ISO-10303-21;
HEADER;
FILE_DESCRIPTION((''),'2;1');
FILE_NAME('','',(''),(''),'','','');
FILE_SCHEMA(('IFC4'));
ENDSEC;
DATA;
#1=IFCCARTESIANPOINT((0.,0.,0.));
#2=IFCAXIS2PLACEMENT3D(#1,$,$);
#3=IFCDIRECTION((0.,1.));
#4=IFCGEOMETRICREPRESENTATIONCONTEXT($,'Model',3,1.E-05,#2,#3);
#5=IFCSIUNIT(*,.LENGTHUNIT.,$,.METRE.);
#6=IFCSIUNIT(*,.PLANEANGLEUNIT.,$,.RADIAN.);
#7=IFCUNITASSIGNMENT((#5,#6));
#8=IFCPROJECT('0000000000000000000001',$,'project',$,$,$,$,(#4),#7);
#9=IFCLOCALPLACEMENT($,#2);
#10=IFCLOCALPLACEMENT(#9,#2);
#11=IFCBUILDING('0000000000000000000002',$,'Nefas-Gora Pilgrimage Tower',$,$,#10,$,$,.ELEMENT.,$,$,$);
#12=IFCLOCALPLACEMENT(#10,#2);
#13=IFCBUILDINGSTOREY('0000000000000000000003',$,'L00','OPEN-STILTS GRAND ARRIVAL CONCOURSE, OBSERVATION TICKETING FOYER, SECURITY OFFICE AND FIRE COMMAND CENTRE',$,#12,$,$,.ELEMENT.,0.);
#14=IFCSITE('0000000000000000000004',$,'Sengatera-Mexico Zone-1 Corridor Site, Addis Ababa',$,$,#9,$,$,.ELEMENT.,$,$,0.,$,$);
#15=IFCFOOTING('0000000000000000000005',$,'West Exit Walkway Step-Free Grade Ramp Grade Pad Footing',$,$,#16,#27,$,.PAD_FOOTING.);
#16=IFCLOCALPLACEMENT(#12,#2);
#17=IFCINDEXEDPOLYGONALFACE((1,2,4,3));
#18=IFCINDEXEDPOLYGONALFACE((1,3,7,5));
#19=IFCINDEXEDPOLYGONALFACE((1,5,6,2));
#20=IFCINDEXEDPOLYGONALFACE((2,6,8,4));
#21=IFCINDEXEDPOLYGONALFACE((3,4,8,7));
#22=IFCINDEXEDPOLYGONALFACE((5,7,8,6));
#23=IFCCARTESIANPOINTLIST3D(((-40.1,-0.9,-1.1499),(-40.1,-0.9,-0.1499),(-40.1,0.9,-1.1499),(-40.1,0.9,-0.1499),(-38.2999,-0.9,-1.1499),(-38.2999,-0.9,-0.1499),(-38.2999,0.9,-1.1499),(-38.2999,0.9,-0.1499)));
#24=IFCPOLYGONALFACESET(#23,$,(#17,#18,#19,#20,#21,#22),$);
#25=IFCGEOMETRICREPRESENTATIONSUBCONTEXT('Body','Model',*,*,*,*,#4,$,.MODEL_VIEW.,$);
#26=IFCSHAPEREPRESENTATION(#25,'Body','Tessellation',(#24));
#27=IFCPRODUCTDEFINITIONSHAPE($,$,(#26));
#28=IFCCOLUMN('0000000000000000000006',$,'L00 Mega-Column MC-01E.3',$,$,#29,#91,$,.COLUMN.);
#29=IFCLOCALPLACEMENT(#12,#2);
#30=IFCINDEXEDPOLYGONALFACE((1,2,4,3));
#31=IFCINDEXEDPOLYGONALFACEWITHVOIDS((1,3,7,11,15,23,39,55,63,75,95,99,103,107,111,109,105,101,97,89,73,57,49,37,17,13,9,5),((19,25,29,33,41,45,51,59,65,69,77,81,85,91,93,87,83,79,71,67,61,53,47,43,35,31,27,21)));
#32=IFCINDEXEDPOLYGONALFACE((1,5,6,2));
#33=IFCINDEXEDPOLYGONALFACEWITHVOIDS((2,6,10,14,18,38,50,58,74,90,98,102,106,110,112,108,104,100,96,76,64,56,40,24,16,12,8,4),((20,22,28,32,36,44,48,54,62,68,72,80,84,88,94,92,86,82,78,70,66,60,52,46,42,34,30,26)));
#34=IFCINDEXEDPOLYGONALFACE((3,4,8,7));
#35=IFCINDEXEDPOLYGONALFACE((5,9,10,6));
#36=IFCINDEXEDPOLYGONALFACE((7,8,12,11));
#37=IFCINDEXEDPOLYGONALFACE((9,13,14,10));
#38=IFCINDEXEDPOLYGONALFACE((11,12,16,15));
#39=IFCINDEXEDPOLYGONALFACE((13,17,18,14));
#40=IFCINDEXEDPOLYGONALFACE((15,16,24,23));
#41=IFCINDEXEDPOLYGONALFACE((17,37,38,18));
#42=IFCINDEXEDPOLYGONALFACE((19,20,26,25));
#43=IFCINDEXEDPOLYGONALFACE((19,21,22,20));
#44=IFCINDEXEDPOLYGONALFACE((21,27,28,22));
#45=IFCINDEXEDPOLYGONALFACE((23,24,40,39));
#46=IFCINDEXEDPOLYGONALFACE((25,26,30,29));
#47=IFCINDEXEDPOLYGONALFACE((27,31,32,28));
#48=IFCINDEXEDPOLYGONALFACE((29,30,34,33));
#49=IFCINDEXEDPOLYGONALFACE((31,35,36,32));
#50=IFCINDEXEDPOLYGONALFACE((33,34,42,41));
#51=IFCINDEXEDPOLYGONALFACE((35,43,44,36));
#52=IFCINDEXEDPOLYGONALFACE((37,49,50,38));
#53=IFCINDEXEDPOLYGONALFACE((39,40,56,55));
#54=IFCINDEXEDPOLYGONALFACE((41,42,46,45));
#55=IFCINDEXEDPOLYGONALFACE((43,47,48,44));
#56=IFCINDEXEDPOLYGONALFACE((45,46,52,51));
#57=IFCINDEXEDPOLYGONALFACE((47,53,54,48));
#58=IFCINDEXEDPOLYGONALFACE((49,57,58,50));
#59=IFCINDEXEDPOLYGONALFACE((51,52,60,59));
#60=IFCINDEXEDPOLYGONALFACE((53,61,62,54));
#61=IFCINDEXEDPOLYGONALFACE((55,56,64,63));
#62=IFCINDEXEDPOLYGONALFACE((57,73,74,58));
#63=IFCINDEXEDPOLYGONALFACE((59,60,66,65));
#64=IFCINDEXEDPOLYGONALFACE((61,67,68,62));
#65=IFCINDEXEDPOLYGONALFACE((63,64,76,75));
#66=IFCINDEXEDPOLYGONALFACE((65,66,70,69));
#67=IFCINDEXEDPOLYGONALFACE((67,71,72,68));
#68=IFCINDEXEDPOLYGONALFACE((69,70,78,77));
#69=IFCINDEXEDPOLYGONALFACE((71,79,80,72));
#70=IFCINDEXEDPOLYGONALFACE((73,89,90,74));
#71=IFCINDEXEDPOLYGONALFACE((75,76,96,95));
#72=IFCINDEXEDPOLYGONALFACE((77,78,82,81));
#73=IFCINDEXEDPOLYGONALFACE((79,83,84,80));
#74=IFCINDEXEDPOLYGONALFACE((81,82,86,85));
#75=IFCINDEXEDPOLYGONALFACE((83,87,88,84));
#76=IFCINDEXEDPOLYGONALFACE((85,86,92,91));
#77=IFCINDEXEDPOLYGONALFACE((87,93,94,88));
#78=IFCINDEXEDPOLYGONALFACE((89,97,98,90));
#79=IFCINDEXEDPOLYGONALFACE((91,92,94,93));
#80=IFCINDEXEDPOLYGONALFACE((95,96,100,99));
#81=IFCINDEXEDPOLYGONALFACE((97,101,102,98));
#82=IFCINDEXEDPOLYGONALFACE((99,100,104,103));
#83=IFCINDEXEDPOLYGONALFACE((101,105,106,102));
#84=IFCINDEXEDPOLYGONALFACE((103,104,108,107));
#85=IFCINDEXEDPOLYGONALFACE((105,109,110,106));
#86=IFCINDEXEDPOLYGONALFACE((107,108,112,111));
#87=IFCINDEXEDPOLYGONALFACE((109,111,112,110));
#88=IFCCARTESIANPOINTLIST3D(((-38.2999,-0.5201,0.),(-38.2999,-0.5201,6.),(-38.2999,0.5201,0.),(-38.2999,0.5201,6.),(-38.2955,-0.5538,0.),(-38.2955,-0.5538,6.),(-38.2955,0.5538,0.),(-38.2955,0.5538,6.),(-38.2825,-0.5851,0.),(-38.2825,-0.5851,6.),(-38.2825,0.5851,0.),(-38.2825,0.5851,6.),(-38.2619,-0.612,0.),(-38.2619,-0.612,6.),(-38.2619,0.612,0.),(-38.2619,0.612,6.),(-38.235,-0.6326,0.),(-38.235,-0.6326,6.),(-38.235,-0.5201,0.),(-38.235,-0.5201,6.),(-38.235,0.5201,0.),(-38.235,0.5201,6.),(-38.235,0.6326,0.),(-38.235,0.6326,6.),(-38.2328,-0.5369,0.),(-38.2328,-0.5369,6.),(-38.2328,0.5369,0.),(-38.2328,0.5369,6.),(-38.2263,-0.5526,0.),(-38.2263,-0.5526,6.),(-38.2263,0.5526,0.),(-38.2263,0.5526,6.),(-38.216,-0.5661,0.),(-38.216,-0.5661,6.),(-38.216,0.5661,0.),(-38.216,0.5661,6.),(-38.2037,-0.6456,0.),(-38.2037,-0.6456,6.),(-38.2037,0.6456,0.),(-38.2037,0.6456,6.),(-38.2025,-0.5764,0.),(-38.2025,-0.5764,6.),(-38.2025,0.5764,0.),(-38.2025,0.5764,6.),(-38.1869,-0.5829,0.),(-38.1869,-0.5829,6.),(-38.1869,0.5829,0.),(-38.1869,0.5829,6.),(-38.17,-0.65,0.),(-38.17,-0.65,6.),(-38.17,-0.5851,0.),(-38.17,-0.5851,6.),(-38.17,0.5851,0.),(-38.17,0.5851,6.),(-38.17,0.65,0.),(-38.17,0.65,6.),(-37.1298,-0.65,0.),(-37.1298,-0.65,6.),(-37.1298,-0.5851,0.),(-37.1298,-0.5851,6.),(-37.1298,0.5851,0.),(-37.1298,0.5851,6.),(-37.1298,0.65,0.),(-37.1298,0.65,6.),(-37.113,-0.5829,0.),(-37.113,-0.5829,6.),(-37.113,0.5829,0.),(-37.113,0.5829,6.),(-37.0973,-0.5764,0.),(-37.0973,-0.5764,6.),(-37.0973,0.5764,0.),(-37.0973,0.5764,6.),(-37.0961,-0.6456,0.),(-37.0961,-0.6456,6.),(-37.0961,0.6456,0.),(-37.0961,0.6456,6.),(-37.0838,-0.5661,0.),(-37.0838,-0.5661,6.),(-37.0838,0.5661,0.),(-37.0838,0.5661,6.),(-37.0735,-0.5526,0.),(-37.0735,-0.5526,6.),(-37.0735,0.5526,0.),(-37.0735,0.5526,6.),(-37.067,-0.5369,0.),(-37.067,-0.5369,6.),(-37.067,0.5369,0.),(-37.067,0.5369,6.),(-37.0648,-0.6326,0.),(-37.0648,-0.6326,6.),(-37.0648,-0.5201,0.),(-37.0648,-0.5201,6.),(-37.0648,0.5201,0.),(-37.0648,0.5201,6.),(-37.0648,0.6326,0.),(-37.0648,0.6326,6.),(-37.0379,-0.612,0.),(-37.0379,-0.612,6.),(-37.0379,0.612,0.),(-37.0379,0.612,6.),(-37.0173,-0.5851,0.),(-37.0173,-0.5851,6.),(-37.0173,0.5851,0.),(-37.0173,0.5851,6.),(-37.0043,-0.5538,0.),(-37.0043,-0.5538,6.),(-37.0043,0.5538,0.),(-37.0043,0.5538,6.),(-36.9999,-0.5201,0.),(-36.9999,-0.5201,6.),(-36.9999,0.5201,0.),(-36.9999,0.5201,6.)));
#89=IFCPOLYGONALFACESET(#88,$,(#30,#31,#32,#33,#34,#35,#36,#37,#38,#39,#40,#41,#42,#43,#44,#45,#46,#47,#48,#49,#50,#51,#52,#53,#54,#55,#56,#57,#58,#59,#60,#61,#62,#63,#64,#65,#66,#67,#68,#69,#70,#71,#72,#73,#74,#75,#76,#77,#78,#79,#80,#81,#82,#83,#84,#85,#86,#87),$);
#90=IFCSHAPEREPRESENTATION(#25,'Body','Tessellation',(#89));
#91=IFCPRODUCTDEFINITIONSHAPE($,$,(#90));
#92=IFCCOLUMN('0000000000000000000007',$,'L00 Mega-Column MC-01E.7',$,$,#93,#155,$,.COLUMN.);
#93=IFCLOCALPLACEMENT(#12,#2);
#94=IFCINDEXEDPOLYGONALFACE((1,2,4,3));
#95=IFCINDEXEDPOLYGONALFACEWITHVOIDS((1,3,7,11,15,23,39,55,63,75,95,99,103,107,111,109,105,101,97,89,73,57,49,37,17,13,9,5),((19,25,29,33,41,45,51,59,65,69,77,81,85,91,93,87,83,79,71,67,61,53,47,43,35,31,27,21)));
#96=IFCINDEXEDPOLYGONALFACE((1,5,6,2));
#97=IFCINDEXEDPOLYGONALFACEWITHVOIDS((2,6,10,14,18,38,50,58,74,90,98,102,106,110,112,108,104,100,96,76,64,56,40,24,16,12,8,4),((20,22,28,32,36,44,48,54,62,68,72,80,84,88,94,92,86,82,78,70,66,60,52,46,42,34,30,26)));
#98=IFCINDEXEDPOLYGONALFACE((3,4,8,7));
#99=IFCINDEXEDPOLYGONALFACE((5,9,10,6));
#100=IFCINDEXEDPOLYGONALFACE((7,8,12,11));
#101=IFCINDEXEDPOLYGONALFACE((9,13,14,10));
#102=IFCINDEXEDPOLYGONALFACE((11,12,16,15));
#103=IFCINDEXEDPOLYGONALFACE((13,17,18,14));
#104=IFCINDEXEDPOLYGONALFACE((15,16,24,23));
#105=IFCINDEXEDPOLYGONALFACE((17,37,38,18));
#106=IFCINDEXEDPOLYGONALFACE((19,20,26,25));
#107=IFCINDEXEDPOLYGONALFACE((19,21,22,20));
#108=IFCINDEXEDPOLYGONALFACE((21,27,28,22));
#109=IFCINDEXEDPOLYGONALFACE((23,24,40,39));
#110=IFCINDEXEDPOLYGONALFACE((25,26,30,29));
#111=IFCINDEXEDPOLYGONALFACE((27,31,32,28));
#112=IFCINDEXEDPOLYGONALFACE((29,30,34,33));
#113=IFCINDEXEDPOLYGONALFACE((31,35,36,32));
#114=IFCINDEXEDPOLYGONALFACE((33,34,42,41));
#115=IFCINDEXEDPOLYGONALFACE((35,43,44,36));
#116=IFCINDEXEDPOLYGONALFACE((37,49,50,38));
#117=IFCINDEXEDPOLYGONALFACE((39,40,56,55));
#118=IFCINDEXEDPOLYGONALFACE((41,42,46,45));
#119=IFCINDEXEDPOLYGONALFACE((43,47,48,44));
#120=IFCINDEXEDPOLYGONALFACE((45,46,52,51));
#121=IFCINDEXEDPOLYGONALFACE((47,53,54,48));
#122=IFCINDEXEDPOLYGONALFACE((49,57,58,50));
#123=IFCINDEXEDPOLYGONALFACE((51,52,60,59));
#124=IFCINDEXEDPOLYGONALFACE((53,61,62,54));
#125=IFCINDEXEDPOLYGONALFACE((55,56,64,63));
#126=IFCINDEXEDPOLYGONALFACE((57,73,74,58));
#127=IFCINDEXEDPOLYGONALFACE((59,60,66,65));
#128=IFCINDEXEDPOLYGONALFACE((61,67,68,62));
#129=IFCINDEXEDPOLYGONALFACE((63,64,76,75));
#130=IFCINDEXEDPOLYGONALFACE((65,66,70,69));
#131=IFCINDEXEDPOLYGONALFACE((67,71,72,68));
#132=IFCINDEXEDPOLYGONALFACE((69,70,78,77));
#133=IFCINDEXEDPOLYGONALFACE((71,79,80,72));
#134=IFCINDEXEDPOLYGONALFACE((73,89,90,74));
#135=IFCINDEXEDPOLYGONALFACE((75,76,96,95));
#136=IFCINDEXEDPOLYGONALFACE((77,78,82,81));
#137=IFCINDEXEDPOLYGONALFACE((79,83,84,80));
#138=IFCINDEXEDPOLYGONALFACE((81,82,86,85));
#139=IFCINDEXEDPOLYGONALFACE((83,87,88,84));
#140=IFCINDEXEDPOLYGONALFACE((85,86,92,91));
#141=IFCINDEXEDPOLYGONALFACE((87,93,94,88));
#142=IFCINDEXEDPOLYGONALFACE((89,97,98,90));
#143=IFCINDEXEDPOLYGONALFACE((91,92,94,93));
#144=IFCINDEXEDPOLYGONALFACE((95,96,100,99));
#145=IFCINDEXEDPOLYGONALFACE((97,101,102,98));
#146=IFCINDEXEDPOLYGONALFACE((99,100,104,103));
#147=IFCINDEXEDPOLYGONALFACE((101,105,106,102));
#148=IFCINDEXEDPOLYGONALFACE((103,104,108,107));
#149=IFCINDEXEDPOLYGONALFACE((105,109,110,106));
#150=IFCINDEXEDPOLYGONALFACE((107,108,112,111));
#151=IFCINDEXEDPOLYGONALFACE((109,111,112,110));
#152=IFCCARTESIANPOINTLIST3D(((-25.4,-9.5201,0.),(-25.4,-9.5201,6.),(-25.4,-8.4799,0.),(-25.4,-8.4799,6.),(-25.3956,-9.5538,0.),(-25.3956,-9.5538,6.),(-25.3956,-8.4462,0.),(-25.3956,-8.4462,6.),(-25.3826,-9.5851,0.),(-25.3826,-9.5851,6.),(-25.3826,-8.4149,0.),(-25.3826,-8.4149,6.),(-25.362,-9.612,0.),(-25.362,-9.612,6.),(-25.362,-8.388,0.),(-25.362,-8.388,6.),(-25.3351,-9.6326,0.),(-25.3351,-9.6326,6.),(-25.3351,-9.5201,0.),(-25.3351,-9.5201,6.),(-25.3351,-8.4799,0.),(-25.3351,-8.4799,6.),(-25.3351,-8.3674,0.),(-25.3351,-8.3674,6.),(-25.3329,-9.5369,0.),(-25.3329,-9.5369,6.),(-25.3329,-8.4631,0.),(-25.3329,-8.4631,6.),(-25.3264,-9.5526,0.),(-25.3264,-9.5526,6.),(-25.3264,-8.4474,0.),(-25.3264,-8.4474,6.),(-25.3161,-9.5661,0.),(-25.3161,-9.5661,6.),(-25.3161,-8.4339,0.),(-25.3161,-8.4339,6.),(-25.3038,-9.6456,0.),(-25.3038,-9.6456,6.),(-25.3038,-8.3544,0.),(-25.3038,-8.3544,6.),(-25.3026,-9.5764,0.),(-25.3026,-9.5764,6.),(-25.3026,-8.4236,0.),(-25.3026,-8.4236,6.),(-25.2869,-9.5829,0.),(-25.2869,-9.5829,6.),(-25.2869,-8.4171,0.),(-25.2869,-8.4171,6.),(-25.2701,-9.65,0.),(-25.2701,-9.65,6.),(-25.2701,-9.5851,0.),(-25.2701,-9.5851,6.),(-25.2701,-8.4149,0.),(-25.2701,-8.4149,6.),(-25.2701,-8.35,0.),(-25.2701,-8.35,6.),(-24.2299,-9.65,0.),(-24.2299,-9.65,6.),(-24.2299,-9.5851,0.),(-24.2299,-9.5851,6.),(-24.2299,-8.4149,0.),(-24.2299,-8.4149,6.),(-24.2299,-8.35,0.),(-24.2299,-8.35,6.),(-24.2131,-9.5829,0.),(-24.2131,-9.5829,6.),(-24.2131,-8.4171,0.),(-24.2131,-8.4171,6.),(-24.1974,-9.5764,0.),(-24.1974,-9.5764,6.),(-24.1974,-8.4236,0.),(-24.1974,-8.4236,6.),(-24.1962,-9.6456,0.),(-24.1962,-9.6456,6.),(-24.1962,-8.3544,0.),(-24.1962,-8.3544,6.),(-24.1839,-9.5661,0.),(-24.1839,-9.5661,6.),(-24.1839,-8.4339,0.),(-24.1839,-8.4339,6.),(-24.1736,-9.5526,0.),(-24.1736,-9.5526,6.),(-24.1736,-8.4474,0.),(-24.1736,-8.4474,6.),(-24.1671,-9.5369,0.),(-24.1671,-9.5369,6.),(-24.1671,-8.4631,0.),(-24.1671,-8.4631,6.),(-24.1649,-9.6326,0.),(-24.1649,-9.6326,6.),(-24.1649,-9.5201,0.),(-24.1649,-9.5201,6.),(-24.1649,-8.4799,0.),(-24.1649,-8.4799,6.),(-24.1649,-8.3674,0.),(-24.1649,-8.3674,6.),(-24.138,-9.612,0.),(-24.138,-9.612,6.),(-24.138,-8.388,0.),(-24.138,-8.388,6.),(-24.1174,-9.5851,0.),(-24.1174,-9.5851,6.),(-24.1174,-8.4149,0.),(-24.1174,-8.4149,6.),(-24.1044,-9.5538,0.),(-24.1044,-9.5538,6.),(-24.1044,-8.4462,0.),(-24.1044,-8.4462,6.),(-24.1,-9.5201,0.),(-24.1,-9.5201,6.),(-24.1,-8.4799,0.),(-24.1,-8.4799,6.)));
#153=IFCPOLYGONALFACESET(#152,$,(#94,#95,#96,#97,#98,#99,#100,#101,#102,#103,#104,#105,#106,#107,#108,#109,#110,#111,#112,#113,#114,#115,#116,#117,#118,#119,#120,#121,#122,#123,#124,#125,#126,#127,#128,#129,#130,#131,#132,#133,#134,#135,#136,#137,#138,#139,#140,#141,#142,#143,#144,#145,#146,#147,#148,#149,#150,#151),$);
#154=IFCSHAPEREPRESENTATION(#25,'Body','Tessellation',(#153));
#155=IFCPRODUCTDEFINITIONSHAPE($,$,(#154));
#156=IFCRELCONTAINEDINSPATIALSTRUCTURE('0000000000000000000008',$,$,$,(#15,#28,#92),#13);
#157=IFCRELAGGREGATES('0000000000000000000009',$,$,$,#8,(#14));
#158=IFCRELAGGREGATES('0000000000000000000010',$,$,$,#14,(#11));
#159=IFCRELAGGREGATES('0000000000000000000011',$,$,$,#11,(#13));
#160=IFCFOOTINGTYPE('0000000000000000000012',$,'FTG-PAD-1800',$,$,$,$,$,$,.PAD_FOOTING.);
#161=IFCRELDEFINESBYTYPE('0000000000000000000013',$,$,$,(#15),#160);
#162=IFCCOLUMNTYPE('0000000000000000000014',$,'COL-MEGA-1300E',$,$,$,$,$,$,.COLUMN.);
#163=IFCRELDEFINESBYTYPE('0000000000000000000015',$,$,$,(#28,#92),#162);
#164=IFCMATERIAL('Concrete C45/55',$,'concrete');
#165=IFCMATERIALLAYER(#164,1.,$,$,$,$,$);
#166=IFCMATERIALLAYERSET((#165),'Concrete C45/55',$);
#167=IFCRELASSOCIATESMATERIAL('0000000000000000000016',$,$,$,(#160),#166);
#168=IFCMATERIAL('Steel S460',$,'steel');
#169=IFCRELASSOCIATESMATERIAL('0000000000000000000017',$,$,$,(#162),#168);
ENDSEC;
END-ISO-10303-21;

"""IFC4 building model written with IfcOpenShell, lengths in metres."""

from ifc_helpers import new_model, si_unit, direction, frame, origin, origin_2d, place, context, subcontext, project, spatial, rectangle, hollow_rectangle, extrude, source, transform, mapped, material, layer, layer_set, material_profile, profile_set, type_object, element, save


model = new_model("IFC4")

# Units and contexts
model_context = context("Model", 3, precision=1e-05, world=origin(), true_north=direction((0.0, 1.0)))
body_context = subcontext(model_context, "Body", "Model", "MODEL_VIEW")
ifc_project = project(units=[si_unit("LENGTHUNIT", "METRE"), si_unit("PLANEANGLEUNIT", "RADIAN")], contexts=[model_context])

# Site, building, storey
site_placement = place(None, origin())
site = spatial("IfcSite", under=ifc_project, at=site_placement, Name="Sengatera-Mexico Zone-1 Corridor Site, Addis Ababa", CompositionType="ELEMENT", RefElevation=0.0)
building_placement = place(site_placement, origin())
building = spatial("IfcBuilding", under=site, at=building_placement, Name="Nefas-Gora Pilgrimage Tower", CompositionType="ELEMENT")
storey_placement = place(building_placement, origin())
storey = spatial("IfcBuildingStorey", under=building, at=storey_placement, Name="L00", Description="OPEN-STILTS GRAND ARRIVAL CONCOURSE, OBSERVATION TICKETING FOYER, SECURITY OFFICE AND FIRE COMMAND CENTRE", CompositionType="ELEMENT", Elevation=0.0)

# Footing
ifc_material_1 = material(Name="Concrete C45/55", Category="concrete")
ifc_layer_1 = layer(ifc_material_1, 1.0)
ifc_layer_set_1 = layer_set([ifc_layer_1], Name="Concrete C45/55")
footing_type = type_object("IfcFootingType", Name="FTG-PAD-1800", PredefinedType="PAD_FOOTING", material=ifc_layer_set_1)
shared_shape_1 = source(origin(), body_context, "Body", "SweptSolid", [
    extrude(rectangle(XDim=1.8, YDim=1.8, at=origin_2d()), origin(), (0.0, 0.0, 1.0), 1.0),
])
footing_placement = place(storey_placement, frame((-39.2, 0.0, -1.1499), z_axis=(0.0, 0.0, 1.0), x_axis=(1.0, 0.0, 0.0)))
element("IfcFooting", 1, at=footing_placement, inside=storey, type_object=footing_type, Name="West Exit Walkway Step-Free Grade Ramp Grade Pad Footing", PredefinedType="PAD_FOOTING", context=body_context, shape_type="MappedRepresentation", body=[
    mapped(shared_shape_1, transform((0.0, 0.0, 0.0), x_axis=(1.0, 0.0, 0.0), y_axis=(0.0, 1.0, 0.0), z_axis=(0.0, 0.0, 1.0), scale=1.0)),
])

# Columns
ifc_material_2 = material(Name="Steel S460", Category="steel")
ifc_material_profile_1 = material_profile(ifc_material_2, hollow_rectangle(XDim=1.3, YDim=1.3, WallThickness=0.0649, InnerFilletRadius=0.0649, OuterFilletRadius=0.1299, at=origin_2d()), Name="BOX 1300x1300x65")
ifc_profile_set_1 = profile_set([ifc_material_profile_1], Name="Steel S460")
column_type = type_object("IfcColumnType", Name="COL-MEGA-1300E", PredefinedType="COLUMN", material=ifc_profile_set_1)
shared_shape_2 = source(origin(), body_context, "Body", "SweptSolid", [
    extrude(hollow_rectangle(XDim=1.3, YDim=1.3, WallThickness=0.0649, InnerFilletRadius=0.0649, OuterFilletRadius=0.1299, at=origin_2d()), origin(), (0.0, 0.0, 1.0), 6.0),
])
for number, where, z_axis, x_axis, name in (
    (2, (-37.6499, 0.0, 0.0), (0.0, 0.0, 1.0), (1.0, 0.0, 0.0), "L00 Mega-Column MC-01E.3"),
    (3, (-24.75, -9.0, 0.0), (0.0, 0.0, 1.0), (1.0, 0.0, 0.0), "L00 Mega-Column MC-01E.7"),
):
    element("IfcColumn", number, at=place(storey_placement, frame(where, z_axis=z_axis, x_axis=x_axis)), inside=storey, type_object=column_type, Name=name, PredefinedType="COLUMN", context=body_context, shape_type="MappedRepresentation", body=[
        mapped(shared_shape_2, transform((0.0, 0.0, 0.0), x_axis=(1.0, 0.0, 0.0), y_axis=(0.0, 1.0, 0.0), z_axis=(0.0, 0.0, 1.0), scale=1.0)),
    ])

save(model, "model.ifc")
